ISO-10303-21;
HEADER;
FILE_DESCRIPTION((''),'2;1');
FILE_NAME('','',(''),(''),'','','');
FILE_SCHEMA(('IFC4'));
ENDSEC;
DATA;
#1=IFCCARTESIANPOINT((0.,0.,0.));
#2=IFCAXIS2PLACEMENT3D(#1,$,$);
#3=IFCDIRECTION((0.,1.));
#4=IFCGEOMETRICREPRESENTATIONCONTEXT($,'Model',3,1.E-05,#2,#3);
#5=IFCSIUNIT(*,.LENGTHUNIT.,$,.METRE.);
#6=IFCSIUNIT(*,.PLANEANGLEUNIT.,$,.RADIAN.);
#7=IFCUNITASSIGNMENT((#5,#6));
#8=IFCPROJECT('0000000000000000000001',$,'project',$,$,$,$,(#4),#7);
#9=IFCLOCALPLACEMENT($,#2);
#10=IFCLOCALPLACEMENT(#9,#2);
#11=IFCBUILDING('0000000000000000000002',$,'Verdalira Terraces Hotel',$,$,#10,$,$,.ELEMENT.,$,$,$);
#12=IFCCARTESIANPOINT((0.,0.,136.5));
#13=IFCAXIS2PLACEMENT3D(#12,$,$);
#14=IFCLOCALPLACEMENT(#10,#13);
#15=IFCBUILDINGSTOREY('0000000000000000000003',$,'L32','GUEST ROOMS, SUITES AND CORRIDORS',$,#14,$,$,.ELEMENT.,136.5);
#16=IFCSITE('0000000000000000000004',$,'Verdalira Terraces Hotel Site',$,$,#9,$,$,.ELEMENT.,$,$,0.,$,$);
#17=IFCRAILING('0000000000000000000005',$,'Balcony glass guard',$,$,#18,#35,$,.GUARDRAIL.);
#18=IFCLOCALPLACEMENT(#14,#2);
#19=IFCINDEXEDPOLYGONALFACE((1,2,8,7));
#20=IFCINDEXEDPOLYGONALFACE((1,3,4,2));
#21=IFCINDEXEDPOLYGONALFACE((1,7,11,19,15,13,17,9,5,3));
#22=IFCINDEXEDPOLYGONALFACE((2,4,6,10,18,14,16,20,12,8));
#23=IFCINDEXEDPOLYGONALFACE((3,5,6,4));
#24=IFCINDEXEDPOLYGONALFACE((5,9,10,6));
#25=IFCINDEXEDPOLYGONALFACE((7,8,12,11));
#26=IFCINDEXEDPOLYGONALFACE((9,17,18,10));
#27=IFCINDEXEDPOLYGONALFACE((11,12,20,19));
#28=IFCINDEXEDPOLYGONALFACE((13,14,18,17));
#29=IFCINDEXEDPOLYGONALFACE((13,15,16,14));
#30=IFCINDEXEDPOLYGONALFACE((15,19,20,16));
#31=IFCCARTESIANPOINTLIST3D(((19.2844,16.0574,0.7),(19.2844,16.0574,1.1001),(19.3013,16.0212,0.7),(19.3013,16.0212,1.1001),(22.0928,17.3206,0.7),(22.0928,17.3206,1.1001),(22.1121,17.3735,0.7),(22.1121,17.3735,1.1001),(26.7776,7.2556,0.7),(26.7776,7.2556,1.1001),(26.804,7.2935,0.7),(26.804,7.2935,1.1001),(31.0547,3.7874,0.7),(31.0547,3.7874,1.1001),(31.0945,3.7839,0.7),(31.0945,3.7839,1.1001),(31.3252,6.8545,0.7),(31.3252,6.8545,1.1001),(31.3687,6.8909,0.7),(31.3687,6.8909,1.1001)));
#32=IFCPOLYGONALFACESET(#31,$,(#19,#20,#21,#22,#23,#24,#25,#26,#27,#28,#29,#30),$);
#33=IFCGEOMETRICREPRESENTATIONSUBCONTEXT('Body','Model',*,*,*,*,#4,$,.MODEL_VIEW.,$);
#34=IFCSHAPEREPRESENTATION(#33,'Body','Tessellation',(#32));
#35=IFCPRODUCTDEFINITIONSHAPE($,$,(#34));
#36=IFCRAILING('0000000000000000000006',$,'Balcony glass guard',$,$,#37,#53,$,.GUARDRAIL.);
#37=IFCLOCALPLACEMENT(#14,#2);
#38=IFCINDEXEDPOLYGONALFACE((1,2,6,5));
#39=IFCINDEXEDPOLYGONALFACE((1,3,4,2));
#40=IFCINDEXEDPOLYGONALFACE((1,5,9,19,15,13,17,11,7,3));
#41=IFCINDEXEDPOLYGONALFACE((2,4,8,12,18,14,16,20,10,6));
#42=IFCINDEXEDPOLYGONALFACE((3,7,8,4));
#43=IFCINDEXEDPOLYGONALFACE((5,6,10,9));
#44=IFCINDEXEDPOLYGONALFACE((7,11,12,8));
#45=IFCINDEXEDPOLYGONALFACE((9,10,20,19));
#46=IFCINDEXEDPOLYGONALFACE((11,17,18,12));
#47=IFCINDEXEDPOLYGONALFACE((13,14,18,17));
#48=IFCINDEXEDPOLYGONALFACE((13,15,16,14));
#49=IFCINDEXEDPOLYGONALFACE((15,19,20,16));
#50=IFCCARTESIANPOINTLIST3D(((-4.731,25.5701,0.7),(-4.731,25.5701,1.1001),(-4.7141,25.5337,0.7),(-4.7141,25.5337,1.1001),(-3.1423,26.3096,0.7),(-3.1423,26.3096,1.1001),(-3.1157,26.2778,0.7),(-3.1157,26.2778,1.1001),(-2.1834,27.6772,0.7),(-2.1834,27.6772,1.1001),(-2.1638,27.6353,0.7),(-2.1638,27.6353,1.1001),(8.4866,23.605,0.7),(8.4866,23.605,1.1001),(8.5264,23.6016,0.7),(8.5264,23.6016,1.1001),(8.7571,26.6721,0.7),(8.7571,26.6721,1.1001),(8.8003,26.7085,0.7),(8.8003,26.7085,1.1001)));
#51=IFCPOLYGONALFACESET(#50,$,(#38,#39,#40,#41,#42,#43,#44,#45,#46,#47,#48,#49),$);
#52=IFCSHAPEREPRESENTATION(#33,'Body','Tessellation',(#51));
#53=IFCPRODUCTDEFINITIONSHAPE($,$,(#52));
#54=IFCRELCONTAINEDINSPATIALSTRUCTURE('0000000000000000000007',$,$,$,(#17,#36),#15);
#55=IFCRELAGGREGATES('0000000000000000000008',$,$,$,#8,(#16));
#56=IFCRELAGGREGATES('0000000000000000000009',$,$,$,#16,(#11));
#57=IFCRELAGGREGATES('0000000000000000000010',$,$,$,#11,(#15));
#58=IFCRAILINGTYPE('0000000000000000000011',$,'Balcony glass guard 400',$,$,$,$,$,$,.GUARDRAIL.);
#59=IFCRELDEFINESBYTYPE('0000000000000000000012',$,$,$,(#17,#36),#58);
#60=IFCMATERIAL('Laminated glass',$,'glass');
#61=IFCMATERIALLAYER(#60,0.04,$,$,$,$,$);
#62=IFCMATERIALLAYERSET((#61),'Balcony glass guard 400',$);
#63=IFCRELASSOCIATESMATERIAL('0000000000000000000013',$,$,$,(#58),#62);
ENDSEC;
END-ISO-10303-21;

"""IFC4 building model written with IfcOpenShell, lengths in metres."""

from ifc_helpers import new_model, si_unit, direction, frame, origin, place, context, subcontext, project, spatial, polyline, outline, extrude, material, layer, layer_set, type_object, element, save


model = new_model("IFC4")

# Units and contexts
model_context = context("Model", 3, precision=1e-05, world=origin(), true_north=direction((0.0, 1.0)))
body_context = subcontext(model_context, "Body", "Model", "MODEL_VIEW")
ifc_project = project(units=[si_unit("LENGTHUNIT", "METRE"), si_unit("PLANEANGLEUNIT", "RADIAN")], contexts=[model_context])

# Site, building, storey
site_placement = place(None, origin())
site = spatial("IfcSite", under=ifc_project, at=site_placement, Name="Verdalira Terraces Hotel Site", CompositionType="ELEMENT", RefElevation=0.0)
building_placement = place(site_placement, origin())
building = spatial("IfcBuilding", under=site, at=building_placement, Name="Verdalira Terraces Hotel", CompositionType="ELEMENT")
storey_placement = place(building_placement, frame((0.0, 0.0, 136.5)))
storey = spatial("IfcBuildingStorey", under=building, at=storey_placement, Name="L32", Description="GUEST ROOMS, SUITES AND CORRIDORS", CompositionType="ELEMENT", Elevation=136.5)

# Railings
ifc_material_1 = material(Name="Laminated glass", Category="glass")
ifc_layer_1 = layer(ifc_material_1, 0.04)
ifc_layer_set_1 = layer_set([ifc_layer_1], Name="Balcony glass guard 400")
railing_type_1 = type_object("IfcRailingType", Name="Balcony glass guard 400", PredefinedType="GUARDRAIL", material=ifc_layer_set_1)
railing_1_placement = place(storey_placement, frame((0.0, 0.0, 0.7)))
element("IfcRailing", 1, at=railing_1_placement, inside=storey, type_object=railing_type_1, Name="Balcony glass guard", PredefinedType="GUARDRAIL", context=body_context, shape_type="SweptSolid", body=[
    extrude(outline(polyline([(31.3252, 6.8545), (26.7776, 7.2556), (22.0928, 17.3206), (19.3013, 16.0212), (19.2844, 16.0574), (22.1121, 17.3735), (26.804, 7.2935), (31.3687, 6.8909), (31.0945, 3.7839), (31.0547, 3.7874), (31.3252, 6.8545)])), origin(), (0.0, 0.0, 1.0), 0.4001),
])
railing_2_placement = place(storey_placement, frame((0.0, 0.0, 0.7)))
element("IfcRailing", 2, at=railing_2_placement, inside=storey, type_object=railing_type_1, Name="Balcony glass guard", PredefinedType="GUARDRAIL", context=body_context, shape_type="SweptSolid", body=[
    extrude(outline(polyline([(8.7571, 26.6721), (-2.1638, 27.6353), (-3.1157, 26.2778), (-4.7141, 25.5337), (-4.731, 25.5701), (-3.1423, 26.3096), (-2.1833, 27.6772), (8.8003, 26.7085), (8.5264, 23.6016), (8.4866, 23.605), (8.7571, 26.6721)])), origin(), (0.0, 0.0, 1.0), 0.4001),
])

save(model, "model.ifc")
